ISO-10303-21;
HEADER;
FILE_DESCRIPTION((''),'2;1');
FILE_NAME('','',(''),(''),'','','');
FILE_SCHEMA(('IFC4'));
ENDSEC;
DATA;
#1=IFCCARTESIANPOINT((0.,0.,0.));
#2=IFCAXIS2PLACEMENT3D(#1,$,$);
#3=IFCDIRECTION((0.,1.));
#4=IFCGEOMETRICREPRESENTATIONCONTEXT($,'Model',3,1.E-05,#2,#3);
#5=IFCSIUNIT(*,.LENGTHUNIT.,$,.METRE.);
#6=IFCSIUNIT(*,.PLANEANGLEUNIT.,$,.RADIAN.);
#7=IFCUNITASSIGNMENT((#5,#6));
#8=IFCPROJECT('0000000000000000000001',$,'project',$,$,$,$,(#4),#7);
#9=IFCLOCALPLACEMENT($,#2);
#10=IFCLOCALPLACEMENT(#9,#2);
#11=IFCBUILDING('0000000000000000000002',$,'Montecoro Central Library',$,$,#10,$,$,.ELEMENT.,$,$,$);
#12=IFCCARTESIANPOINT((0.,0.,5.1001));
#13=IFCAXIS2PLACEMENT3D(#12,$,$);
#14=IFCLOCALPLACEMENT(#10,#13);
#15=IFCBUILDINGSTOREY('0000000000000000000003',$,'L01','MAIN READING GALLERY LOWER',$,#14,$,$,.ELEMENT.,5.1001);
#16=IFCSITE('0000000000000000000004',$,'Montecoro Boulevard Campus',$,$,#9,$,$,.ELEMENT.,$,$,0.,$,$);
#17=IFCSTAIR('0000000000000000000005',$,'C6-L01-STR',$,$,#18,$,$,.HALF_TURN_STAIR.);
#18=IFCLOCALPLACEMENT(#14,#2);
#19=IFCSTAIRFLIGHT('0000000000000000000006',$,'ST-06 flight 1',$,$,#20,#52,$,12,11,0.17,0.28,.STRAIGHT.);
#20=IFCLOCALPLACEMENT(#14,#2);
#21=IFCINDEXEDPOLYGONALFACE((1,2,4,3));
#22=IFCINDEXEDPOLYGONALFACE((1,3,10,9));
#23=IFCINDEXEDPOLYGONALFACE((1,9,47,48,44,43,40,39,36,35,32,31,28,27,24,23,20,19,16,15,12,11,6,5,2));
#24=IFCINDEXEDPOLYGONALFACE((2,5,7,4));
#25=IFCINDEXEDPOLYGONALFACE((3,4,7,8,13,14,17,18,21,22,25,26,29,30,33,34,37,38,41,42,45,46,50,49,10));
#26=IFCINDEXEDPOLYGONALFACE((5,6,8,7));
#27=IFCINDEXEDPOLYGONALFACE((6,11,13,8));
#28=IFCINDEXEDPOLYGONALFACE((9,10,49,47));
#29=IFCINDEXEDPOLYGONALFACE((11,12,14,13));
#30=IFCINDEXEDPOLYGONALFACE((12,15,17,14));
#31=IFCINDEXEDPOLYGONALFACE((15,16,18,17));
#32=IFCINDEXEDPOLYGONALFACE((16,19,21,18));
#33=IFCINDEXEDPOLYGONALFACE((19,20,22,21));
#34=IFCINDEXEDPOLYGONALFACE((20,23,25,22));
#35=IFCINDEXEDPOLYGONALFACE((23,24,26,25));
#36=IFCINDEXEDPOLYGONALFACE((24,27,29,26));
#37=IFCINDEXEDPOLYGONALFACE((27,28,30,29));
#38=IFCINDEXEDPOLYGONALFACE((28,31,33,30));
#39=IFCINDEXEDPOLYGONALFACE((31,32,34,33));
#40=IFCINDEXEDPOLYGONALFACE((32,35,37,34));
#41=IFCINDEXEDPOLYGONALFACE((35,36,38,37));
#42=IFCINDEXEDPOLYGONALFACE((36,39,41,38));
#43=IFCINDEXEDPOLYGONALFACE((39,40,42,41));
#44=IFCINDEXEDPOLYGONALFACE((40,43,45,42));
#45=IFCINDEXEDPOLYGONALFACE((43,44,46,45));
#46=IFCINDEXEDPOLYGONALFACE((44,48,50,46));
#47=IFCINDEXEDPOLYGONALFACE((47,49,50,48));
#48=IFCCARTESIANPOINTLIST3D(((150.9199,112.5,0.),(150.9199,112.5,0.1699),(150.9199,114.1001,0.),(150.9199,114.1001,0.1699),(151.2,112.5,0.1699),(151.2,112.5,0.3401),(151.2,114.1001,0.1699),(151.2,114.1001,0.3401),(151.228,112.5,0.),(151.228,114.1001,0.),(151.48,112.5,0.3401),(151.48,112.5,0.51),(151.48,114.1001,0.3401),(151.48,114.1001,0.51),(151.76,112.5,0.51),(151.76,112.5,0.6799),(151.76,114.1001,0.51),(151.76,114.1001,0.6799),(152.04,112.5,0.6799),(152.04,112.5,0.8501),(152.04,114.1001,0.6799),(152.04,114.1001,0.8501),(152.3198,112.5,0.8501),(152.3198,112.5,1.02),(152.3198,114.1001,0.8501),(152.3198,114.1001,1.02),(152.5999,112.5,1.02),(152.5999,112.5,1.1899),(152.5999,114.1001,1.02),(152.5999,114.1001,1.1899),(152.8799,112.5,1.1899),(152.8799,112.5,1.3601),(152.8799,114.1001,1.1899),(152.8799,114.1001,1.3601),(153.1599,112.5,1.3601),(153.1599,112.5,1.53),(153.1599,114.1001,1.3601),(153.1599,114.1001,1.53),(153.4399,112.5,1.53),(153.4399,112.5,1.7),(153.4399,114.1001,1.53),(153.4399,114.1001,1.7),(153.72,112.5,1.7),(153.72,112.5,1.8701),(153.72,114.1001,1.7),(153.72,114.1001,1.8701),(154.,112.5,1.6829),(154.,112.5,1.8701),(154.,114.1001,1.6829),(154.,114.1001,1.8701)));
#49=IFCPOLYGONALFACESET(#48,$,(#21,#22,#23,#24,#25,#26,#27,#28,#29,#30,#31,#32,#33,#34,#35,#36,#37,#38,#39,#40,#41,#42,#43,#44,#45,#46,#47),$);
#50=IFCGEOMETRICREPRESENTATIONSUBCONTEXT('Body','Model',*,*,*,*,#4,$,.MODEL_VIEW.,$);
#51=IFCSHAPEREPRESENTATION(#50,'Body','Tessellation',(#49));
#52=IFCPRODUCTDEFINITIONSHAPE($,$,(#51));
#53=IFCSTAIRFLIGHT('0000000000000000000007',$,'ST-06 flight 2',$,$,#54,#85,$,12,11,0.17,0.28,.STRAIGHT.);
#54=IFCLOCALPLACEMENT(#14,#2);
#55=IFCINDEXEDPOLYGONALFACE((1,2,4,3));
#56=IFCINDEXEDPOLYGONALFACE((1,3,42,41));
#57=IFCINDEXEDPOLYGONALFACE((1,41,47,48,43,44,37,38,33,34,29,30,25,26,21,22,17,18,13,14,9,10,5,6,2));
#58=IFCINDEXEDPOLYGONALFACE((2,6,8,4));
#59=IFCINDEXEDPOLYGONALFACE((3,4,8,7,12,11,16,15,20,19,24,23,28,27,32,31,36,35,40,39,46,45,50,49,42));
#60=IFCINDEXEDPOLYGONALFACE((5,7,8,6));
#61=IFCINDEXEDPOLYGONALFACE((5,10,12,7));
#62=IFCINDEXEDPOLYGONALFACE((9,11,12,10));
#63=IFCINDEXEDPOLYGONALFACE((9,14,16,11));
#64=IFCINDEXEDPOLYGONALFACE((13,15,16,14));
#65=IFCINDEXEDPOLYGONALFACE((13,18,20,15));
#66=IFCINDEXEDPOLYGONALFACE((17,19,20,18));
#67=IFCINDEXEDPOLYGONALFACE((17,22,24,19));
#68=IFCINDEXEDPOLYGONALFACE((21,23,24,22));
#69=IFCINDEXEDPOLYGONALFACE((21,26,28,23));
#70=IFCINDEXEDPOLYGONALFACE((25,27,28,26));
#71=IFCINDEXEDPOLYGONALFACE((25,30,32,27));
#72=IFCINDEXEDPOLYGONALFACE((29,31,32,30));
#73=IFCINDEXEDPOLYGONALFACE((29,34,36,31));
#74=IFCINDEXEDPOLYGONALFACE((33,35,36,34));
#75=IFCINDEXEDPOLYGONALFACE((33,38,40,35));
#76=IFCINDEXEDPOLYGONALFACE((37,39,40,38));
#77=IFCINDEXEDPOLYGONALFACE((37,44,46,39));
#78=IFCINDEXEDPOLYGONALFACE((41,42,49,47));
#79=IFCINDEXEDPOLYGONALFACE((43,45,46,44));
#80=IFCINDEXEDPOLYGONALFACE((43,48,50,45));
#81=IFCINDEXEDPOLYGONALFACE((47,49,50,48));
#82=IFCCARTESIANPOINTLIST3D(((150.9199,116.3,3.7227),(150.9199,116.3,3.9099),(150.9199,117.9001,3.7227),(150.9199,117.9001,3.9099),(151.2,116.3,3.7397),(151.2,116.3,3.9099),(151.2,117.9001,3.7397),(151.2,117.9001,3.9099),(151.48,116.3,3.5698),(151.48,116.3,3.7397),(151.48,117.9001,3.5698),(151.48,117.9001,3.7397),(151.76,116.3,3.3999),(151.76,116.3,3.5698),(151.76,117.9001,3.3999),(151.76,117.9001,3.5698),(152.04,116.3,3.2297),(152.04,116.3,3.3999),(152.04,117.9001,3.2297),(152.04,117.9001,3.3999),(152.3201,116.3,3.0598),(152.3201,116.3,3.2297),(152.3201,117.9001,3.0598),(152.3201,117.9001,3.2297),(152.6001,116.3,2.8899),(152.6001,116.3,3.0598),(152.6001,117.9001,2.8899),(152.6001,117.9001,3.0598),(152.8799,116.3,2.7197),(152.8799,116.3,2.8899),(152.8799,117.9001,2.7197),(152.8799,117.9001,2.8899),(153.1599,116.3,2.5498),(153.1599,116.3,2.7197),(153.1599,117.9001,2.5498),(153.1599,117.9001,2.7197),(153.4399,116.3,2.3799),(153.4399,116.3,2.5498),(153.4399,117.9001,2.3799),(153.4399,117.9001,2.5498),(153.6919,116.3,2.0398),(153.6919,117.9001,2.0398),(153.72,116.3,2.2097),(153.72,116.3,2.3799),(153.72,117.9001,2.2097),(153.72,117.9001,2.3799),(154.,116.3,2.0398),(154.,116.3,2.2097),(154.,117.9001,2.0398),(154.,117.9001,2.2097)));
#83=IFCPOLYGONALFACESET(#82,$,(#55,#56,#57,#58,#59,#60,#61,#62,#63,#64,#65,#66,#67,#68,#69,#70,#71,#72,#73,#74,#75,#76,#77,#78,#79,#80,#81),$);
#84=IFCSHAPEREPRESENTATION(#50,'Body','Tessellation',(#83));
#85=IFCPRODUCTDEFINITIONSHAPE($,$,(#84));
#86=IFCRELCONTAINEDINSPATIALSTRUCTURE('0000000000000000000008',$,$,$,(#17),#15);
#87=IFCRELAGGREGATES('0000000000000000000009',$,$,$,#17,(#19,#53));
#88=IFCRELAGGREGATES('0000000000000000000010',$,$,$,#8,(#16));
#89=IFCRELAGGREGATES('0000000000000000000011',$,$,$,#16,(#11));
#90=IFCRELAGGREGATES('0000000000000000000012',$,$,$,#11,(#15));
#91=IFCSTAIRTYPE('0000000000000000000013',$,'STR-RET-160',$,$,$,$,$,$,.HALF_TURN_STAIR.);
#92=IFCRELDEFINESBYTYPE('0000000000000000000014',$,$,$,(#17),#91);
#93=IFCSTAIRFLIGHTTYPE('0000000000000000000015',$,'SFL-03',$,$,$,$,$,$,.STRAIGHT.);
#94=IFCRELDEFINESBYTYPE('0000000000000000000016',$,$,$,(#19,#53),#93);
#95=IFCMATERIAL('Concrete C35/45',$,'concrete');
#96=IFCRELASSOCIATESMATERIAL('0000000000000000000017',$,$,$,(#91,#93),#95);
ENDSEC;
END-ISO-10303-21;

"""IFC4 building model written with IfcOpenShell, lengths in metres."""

from ifc_helpers import new_model, si_unit, direction, frame, origin, place, context, subcontext, project, spatial, polyline, outline, extrude, material, type_object, element, aggregate, save


model = new_model("IFC4")

# Units and contexts
model_context = context("Model", 3, precision=1e-05, world=origin(), true_north=direction((0.0, 1.0)))
body_context = subcontext(model_context, "Body", "Model", "MODEL_VIEW")
ifc_project = project(units=[si_unit("LENGTHUNIT", "METRE"), si_unit("PLANEANGLEUNIT", "RADIAN")], contexts=[model_context])

# Site, building, storey
site_placement = place(None, origin())
site = spatial("IfcSite", under=ifc_project, at=site_placement, Name="Montecoro Boulevard Campus", CompositionType="ELEMENT", RefElevation=0.0)
building_placement = place(site_placement, origin())
building = spatial("IfcBuilding", under=site, at=building_placement, Name="Montecoro Central Library", CompositionType="ELEMENT")
storey_placement = place(building_placement, frame((0.0, 0.0, 5.1001)))
storey = spatial("IfcBuildingStorey", under=building, at=storey_placement, Name="L01", Description="MAIN READING GALLERY LOWER", CompositionType="ELEMENT", Elevation=5.1001)

# Shared definitions
ifc_material_1 = material(Name="Concrete C35/45", Category="concrete")

# Stair, stair flights
stair_type = type_object("IfcStairType", Name="STR-RET-160", PredefinedType="HALF_TURN_STAIR", material=ifc_material_1)
stair_placement = place(storey_placement, origin())
stair = element("IfcStair", 1, at=stair_placement, inside=storey, type_object=stair_type, Name="C6-L01-STR", PredefinedType="HALF_TURN_STAIR")
stair_flight_type = type_object("IfcStairFlightType", Name="SFL-03", PredefinedType="STRAIGHT", material=ifc_material_1)
stair_flight_1_placement = place(storey_placement, frame((150.9199, 113.3, 0.0), z_axis=(0.0, 0.0, 1.0), x_axis=(1.0, 0.0, 0.0)))
stair_flight_1 = element("IfcStairFlight", 2, at=stair_flight_1_placement, type_object=stair_flight_type, Name="ST-06 flight 1", NumberOfRisers=12, NumberOfTreads=11, PredefinedType="STRAIGHT", RiserHeight=0.17, TreadLength=0.28, context=body_context, shape_type="SweptSolid", body=[
    extrude(outline(polyline([(0.0, 0.0), (0.0, 0.1699), (0.28, 0.1699), (0.28, 0.3401), (0.5601, 0.3401), (0.5601, 0.51), (0.8401, 0.51), (0.8401, 0.6799), (1.1201, 0.6799), (1.1201, 0.8501), (1.3999, 0.8501), (1.3999, 1.02), (1.6799, 1.02), (1.6799, 1.1899), (1.96, 1.1899), (1.96, 1.3601), (2.24, 1.3601), (2.24, 1.53), (2.52, 1.53), (2.52, 1.7), (2.8, 1.7), (2.8, 1.8701), (3.0801, 1.8701), (3.0801, 2.04), (3.0801, 1.6829), (0.3081, 0.0), (0.0, 0.0)])), frame((0.0, 0.8, 0.0), z_axis=(0.0, -1.0, 0.0), x_axis=(1.0, 0.0, 0.0)), (0.0, 0.0, 1.0), 1.6001),
])
stair_flight_2_placement = place(storey_placement, frame((154.0, 117.1001, 2.0398), z_axis=(0.0, 0.0, 1.0), x_axis=(-1.0, 0.0, 0.0)))
stair_flight_2 = element("IfcStairFlight", 3, at=stair_flight_2_placement, type_object=stair_flight_type, Name="ST-06 flight 2", NumberOfRisers=12, NumberOfTreads=11, PredefinedType="STRAIGHT", RiserHeight=0.17, TreadLength=0.28, context=body_context, shape_type="SweptSolid", body=[
    extrude(outline(polyline([(0.0, 0.0), (0.0, 0.1699), (0.28, 0.1699), (0.28, 0.3401), (0.5601, 0.3401), (0.5601, 0.51), (0.8401, 0.51), (0.8401, 0.6799), (1.1201, 0.6799), (1.1201, 0.8501), (1.3999, 0.8501), (1.3999, 1.02), (1.6799, 1.02), (1.6799, 1.1899), (1.96, 1.1899), (1.96, 1.3601), (2.24, 1.3601), (2.24, 1.53), (2.52, 1.53), (2.52, 1.7), (2.8, 1.7), (2.8, 1.8701), (3.0801, 1.8701), (3.0801, 2.04), (3.0801, 1.6829), (0.3081, 0.0), (0.0, 0.0)])), frame((0.0, 0.8, 0.0), z_axis=(0.0, -1.0, 0.0), x_axis=(1.0, 0.0, 0.0)), (0.0, 0.0, 1.0), 1.6001),
])
aggregate(stair, [stair_flight_1, stair_flight_2])

save(model, "model.ifc")
